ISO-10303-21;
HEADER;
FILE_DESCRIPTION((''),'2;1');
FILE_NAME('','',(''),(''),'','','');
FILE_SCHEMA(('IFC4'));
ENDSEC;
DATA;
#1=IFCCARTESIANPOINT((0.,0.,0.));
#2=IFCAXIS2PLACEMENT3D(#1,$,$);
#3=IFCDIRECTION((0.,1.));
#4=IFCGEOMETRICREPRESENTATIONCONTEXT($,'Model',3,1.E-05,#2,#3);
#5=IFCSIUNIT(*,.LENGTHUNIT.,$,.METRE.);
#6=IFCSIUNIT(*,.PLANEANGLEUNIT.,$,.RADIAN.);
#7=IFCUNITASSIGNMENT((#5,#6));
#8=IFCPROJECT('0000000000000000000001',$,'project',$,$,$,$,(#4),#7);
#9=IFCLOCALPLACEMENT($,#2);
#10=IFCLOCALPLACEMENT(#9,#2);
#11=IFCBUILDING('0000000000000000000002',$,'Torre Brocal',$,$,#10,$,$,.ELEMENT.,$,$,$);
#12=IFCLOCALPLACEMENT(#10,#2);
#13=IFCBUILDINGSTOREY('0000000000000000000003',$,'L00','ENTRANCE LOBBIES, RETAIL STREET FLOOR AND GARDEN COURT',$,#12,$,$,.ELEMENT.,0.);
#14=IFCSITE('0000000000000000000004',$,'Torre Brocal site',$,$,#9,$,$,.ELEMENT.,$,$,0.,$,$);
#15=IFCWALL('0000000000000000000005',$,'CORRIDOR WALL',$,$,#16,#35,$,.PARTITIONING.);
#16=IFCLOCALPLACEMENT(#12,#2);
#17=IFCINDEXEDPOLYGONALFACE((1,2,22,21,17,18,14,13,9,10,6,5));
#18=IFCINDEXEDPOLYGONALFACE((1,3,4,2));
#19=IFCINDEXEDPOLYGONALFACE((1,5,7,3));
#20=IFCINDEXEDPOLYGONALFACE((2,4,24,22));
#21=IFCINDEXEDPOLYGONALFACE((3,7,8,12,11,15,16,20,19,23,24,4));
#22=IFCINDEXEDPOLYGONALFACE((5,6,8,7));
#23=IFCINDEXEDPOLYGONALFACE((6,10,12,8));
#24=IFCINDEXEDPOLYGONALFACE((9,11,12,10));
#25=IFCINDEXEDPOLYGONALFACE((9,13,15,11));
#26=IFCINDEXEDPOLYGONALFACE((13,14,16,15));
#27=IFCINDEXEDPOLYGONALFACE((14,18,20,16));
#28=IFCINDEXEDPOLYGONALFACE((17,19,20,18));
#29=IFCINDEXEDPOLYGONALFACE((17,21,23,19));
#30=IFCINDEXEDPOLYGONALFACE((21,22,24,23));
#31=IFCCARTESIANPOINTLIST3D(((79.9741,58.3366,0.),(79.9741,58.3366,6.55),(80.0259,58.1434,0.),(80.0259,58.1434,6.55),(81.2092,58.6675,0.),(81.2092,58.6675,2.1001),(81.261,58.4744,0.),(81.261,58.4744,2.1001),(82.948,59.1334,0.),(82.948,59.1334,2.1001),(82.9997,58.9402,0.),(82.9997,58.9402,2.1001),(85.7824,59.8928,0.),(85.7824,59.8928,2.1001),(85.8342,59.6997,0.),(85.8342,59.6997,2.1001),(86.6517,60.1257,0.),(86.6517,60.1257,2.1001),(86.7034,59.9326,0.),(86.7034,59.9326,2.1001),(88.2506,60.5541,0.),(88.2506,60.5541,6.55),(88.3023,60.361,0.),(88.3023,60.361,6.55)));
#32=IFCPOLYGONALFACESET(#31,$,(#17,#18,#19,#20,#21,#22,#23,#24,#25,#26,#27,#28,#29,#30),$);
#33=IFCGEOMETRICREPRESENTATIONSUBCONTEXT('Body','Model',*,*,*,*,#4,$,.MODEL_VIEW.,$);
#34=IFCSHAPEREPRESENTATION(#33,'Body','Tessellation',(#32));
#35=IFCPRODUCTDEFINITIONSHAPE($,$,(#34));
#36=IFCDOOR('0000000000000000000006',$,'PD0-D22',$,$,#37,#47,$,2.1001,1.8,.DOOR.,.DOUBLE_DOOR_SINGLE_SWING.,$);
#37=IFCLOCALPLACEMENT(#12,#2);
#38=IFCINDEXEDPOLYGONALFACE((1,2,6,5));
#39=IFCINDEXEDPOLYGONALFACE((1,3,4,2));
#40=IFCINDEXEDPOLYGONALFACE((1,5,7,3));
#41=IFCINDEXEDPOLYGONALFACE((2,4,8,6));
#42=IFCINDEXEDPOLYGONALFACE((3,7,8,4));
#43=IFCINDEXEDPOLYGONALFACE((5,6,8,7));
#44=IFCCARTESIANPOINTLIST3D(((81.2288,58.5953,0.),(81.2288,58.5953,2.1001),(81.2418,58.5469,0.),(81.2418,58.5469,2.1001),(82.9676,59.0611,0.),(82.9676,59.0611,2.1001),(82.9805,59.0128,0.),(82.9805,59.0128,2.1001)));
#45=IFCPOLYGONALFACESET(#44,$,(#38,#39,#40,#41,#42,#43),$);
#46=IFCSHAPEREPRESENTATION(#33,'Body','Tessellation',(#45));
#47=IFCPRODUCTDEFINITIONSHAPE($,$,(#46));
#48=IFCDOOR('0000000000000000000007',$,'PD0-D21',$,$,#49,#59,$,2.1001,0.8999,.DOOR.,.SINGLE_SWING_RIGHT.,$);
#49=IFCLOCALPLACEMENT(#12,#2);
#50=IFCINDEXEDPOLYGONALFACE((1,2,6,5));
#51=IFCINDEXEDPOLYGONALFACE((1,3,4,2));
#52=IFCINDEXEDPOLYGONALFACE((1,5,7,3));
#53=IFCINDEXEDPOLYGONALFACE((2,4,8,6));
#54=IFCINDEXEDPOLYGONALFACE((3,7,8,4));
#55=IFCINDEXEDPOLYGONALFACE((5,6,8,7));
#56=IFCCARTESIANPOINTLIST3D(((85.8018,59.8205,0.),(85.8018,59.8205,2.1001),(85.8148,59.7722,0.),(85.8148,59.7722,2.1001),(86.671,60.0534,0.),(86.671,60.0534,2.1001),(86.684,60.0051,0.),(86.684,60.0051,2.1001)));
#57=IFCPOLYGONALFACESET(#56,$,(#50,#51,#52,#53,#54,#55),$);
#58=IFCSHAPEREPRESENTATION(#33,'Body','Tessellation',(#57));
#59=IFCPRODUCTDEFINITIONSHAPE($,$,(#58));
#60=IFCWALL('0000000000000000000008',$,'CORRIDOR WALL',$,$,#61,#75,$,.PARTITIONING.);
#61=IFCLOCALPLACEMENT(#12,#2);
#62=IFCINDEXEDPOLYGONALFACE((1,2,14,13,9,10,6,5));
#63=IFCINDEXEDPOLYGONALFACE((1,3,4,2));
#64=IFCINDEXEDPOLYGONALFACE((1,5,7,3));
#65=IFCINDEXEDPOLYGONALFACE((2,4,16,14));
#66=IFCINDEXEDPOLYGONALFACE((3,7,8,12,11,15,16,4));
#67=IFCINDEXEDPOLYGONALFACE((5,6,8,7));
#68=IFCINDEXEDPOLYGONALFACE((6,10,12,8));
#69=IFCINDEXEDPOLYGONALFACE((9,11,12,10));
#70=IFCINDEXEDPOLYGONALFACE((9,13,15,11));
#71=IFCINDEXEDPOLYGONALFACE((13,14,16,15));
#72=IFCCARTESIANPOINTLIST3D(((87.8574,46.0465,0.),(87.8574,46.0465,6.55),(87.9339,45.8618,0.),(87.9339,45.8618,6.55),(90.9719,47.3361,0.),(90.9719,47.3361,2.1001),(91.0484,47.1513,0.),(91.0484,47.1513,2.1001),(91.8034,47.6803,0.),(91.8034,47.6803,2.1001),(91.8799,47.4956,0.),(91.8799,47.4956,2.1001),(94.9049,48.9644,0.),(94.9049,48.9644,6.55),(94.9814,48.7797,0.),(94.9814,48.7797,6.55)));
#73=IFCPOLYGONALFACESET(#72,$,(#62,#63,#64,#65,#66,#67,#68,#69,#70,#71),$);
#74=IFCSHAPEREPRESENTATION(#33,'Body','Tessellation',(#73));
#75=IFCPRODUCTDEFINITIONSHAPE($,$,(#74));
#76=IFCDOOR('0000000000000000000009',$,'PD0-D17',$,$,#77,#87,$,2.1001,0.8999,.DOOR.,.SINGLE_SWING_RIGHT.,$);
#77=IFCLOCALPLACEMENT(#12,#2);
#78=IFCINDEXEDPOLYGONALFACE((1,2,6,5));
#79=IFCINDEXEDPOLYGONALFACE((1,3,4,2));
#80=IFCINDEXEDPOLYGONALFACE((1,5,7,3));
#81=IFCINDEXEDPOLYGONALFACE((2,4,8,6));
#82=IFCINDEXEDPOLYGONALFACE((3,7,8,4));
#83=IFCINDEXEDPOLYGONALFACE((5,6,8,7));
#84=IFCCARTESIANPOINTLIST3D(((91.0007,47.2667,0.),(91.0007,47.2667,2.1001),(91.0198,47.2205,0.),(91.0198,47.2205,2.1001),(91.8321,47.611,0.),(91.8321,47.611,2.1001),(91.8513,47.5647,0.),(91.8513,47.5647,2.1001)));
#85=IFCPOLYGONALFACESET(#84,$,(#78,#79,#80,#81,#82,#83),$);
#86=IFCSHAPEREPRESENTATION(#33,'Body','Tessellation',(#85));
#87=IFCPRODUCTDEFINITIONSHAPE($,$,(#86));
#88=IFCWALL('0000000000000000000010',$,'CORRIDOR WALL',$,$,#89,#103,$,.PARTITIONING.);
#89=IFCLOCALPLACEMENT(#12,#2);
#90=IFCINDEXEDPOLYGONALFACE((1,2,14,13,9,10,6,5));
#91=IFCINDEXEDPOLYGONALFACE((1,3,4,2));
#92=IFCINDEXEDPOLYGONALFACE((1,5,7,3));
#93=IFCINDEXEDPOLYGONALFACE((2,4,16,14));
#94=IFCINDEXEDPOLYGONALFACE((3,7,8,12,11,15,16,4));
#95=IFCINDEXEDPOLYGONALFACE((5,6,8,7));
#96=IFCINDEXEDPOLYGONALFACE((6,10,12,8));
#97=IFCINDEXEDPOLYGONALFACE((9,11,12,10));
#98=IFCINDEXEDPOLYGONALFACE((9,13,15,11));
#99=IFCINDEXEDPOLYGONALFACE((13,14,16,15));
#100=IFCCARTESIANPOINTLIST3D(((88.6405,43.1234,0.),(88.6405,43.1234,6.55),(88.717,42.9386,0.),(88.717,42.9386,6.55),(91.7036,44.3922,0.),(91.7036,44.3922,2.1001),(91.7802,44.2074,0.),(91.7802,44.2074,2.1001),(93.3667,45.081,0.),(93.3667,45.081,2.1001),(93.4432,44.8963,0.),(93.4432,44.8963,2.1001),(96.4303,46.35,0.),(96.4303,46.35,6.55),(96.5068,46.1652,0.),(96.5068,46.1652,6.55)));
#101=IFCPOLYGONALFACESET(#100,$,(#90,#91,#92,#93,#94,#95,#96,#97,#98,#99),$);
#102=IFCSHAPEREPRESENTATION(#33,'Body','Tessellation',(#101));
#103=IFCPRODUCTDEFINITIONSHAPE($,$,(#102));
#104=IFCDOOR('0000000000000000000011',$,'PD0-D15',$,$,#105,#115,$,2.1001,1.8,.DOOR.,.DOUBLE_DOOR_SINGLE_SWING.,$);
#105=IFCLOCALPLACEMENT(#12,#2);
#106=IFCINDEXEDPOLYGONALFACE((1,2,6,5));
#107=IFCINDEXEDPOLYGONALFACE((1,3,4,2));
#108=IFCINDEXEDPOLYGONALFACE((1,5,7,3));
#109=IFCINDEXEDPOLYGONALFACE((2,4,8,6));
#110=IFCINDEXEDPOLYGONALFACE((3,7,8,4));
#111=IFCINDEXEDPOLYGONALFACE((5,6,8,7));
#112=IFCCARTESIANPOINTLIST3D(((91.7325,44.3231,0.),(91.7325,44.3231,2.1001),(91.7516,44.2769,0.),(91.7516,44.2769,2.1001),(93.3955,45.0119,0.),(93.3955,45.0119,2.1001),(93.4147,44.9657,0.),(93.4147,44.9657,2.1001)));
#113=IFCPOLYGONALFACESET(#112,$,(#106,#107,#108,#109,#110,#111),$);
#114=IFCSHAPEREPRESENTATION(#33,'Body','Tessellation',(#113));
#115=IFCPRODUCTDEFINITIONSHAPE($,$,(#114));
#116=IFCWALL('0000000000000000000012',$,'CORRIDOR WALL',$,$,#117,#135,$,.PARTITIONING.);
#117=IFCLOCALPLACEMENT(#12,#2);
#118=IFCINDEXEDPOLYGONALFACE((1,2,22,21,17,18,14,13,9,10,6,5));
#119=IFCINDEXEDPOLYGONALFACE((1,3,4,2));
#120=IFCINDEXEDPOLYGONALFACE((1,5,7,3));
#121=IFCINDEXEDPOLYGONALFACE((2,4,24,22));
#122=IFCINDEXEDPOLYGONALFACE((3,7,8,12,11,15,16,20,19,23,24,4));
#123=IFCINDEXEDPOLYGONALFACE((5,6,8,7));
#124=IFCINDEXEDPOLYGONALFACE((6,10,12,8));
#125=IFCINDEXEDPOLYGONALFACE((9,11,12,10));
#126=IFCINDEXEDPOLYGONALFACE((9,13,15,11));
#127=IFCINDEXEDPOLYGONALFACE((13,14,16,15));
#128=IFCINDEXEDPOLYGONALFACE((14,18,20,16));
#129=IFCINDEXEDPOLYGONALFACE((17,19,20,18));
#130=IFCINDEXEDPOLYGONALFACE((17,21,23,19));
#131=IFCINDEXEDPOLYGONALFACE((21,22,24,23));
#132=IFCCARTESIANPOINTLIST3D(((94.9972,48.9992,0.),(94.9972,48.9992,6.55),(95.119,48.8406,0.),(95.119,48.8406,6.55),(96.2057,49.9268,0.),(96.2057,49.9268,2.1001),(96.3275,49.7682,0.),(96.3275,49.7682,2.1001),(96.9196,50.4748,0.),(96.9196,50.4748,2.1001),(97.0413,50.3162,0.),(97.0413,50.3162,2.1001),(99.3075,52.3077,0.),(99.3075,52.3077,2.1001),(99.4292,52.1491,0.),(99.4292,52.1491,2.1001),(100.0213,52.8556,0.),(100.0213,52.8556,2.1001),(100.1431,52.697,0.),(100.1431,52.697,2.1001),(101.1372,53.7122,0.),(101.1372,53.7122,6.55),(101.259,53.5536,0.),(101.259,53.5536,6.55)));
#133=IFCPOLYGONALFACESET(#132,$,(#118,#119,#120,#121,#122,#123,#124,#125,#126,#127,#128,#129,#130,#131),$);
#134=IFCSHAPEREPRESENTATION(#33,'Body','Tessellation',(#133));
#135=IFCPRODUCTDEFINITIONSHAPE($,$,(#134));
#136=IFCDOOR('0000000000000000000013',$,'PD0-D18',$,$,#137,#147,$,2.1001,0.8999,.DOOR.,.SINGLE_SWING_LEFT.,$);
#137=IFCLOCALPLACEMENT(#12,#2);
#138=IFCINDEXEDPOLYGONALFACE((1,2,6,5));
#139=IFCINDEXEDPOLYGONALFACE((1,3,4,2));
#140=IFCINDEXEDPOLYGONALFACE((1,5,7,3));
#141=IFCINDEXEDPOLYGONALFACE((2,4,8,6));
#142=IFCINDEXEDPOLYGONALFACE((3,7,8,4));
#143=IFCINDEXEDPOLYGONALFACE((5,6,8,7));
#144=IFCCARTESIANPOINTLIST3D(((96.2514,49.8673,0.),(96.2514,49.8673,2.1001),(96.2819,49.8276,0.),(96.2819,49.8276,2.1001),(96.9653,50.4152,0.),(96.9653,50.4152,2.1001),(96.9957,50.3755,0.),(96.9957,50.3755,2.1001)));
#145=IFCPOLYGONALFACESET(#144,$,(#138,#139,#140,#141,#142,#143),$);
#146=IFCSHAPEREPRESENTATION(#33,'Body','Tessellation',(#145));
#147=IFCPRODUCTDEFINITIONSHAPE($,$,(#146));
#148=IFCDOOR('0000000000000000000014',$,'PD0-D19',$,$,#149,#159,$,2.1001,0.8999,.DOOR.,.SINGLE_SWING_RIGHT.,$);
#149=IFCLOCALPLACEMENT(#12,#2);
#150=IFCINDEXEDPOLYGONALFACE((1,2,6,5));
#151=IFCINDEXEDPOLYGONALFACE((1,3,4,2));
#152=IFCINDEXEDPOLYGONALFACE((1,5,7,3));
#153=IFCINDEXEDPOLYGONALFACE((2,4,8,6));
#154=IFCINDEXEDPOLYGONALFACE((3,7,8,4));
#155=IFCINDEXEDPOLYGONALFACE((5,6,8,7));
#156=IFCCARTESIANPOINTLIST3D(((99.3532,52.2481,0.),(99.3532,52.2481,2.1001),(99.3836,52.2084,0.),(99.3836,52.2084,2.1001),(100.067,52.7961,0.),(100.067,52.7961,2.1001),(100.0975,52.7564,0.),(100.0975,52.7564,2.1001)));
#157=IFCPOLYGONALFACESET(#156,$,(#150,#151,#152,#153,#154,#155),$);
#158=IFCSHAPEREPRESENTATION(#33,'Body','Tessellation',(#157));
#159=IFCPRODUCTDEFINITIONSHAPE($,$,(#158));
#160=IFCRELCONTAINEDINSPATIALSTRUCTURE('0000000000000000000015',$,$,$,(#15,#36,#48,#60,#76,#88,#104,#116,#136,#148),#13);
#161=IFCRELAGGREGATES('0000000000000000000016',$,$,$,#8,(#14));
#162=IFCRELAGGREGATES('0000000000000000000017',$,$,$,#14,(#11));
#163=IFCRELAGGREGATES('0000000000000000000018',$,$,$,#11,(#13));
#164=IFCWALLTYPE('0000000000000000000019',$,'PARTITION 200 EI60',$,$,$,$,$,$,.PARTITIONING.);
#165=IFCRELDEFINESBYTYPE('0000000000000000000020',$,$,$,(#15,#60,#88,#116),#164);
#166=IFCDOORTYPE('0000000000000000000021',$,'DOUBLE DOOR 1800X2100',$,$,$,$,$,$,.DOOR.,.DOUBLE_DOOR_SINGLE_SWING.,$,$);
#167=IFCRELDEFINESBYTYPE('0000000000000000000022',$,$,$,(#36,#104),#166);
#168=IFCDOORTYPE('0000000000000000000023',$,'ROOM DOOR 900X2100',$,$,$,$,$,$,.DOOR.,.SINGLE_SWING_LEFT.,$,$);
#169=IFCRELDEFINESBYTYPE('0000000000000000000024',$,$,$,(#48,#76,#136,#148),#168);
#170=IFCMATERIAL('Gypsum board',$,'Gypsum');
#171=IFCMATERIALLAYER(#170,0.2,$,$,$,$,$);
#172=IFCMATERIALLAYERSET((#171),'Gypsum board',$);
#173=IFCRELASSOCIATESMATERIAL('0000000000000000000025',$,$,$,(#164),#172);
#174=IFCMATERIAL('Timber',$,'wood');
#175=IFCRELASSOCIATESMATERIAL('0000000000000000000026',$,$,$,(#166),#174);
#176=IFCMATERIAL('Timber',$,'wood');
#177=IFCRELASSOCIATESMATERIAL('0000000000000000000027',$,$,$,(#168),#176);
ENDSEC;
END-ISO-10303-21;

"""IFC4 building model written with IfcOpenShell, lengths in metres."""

from ifc_helpers import new_model, si_unit, direction, frame, frame_2d, origin, place, context, subcontext, project, spatial, rectangle, extrude, material, layer, layer_set, type_object, element, fill, save


model = new_model("IFC4")

# Units and contexts
model_context = context("Model", 3, precision=1e-05, world=origin(), true_north=direction((0.0, 1.0)))
body_context = subcontext(model_context, "Body", "Model", "MODEL_VIEW")
ifc_project = project(units=[si_unit("LENGTHUNIT", "METRE"), si_unit("PLANEANGLEUNIT", "RADIAN")], contexts=[model_context])

# Site, building, storey
site_placement = place(None, origin())
site = spatial("IfcSite", under=ifc_project, at=site_placement, Name="Torre Brocal site", CompositionType="ELEMENT", RefElevation=0.0)
building_placement = place(site_placement, origin())
building = spatial("IfcBuilding", under=site, at=building_placement, Name="Torre Brocal", CompositionType="ELEMENT")
storey_placement = place(building_placement, origin())
storey = spatial("IfcBuildingStorey", under=building, at=storey_placement, Name="L00", Description="ENTRANCE LOBBIES, RETAIL STREET FLOOR AND GARDEN COURT", CompositionType="ELEMENT", Elevation=0.0)

# Wall, openings, doors
ifc_material_1 = material(Name="Gypsum board", Category="Gypsum")
ifc_layer_1 = layer(ifc_material_1, 0.2)
ifc_layer_set_1 = layer_set([ifc_layer_1], Name="Gypsum board")
wall_type_1 = type_object("IfcWallType", Name="PARTITION 200 EI60", PredefinedType="PARTITIONING", material=ifc_layer_set_1)
wall_1_placement = place(storey_placement, frame((80.0, 58.24, 0.0), z_axis=(0.0, 0.0, 1.0), x_axis=(0.965929, 0.258806, 0.0)))
wall_1 = element("IfcWall", 1, at=wall_1_placement, inside=storey, type_object=wall_type_1, Name="CORRIDOR WALL", PredefinedType="PARTITIONING", context=body_context, shape_type="SweptSolid", body=[
    extrude(rectangle(XDim=8.5684, YDim=0.2, at=frame_2d((4.2842, 0.0))), origin(), (0.0, 0.0, 1.0), 6.55),
])
opening_1_placement = place(wall_1_placement, frame((6.0132, 0.0, 0.0)))
opening_1 = element("IfcOpeningElement", 2, at=opening_1_placement, cuts=wall_1, PredefinedType="OPENING", context=body_context, shape_type="SweptSolid", body=[
    extrude(rectangle(XDim=0.8999, YDim=2.1001, at=frame_2d((0.45, 1.05))), frame((0.0, 0.1099, 0.0), z_axis=(0.0, -1.0, 0.0), x_axis=(1.0, 0.0, 0.0)), (0.0, 0.0, 1.0), 0.22),
])
opening_2_placement = place(wall_1_placement, frame((1.2788, 0.0, 0.0)))
opening_2 = element("IfcOpeningElement", 3, at=opening_2_placement, cuts=wall_1, PredefinedType="OPENING", context=body_context, shape_type="SweptSolid", body=[
    extrude(rectangle(XDim=1.8, YDim=2.1001, at=frame_2d((0.8999, 1.05))), frame((0.0, 0.1099, 0.0), z_axis=(0.0, -1.0, 0.0), x_axis=(1.0, 0.0, 0.0)), (0.0, 0.0, 1.0), 0.22),
])
ifc_material_2 = material(Name="Timber", Category="wood")
door_type_1 = type_object("IfcDoorType", Name="DOUBLE DOOR 1800X2100", OperationType="DOUBLE_DOOR_SINGLE_SWING", PredefinedType="DOOR", material=ifc_material_2)
door_1_placement = place(opening_2_placement, frame((1.8, 0.0, 0.0), z_axis=(0.0, 0.0, 1.0), x_axis=(-1.0, 0.0, 0.0)))
door_1 = element("IfcDoor", 4, at=door_1_placement, inside=storey, type_object=door_type_1, Name="PD0-D22", OperationType="DOUBLE_DOOR_SINGLE_SWING", OverallHeight=2.1001, OverallWidth=1.8, PredefinedType="DOOR", context=body_context, shape_type="SweptSolid", body=[
    extrude(rectangle(XDim=1.8, YDim=2.1001, at=frame_2d((0.8999, 1.05))), frame((0.0, 0.0249, 0.0), z_axis=(0.0, -1.0, 0.0), x_axis=(1.0, 0.0, 0.0)), (0.0, 0.0, 1.0), 0.05),
])
fill(opening_2, door_1)
ifc_material_3 = material(Name="Timber", Category="wood")
door_type_2 = type_object("IfcDoorType", Name="ROOM DOOR 900X2100", OperationType="SINGLE_SWING_LEFT", PredefinedType="DOOR", material=ifc_material_3)
door_2_placement = place(opening_1_placement, frame((0.8999, 0.0, 0.0), z_axis=(0.0, 0.0, 1.0), x_axis=(-1.0, 0.0, 0.0)))
door_2 = element("IfcDoor", 5, at=door_2_placement, inside=storey, type_object=door_type_2, Name="PD0-D21", OperationType="SINGLE_SWING_RIGHT", OverallHeight=2.1001, OverallWidth=0.8999, PredefinedType="DOOR", context=body_context, shape_type="SweptSolid", body=[
    extrude(rectangle(XDim=0.8999, YDim=2.1001, at=frame_2d((0.45, 1.05))), frame((0.0, 0.0249, 0.0), z_axis=(0.0, -1.0, 0.0), x_axis=(1.0, 0.0, 0.0)), (0.0, 0.0, 1.0), 0.05),
])
fill(opening_1, door_2)

# Walls, openings, doors
wall_2_placement = place(storey_placement, frame((87.8955, 45.9541, 0.0), z_axis=(0.0, 0.0, 1.0), x_axis=(0.923937, 0.382544, 0.0)))
wall_2 = element("IfcWall", 6, at=wall_2_placement, inside=storey, type_object=wall_type_1, Name="CORRIDOR WALL", PredefinedType="PARTITIONING", context=body_context, shape_type="SweptSolid", body=[
    extrude(rectangle(XDim=7.6277, YDim=0.2, at=frame_2d((3.814, 0.0))), origin(), (0.0, 0.0, 1.0), 6.55),
])
opening_3_placement = place(wall_2_placement, frame((3.3711, 0.0, 0.0)))
opening_3 = element("IfcOpeningElement", 7, at=opening_3_placement, cuts=wall_2, PredefinedType="OPENING", context=body_context, shape_type="SweptSolid", body=[
    extrude(rectangle(XDim=0.8999, YDim=2.1001, at=frame_2d((0.45, 1.05))), frame((0.0, 0.1099, 0.0), z_axis=(0.0, -1.0, 0.0), x_axis=(1.0, 0.0, 0.0)), (0.0, 0.0, 1.0), 0.22),
])
door_3_placement = place(opening_3_placement, origin())
door_3 = element("IfcDoor", 8, at=door_3_placement, inside=storey, type_object=door_type_2, Name="PD0-D17", OperationType="SINGLE_SWING_RIGHT", OverallHeight=2.1001, OverallWidth=0.8999, PredefinedType="DOOR", context=body_context, shape_type="SweptSolid", body=[
    extrude(rectangle(XDim=0.8999, YDim=2.1001, at=frame_2d((0.45, 1.05))), frame((0.0, 0.0249, 0.0), z_axis=(0.0, -1.0, 0.0), x_axis=(1.0, 0.0, 0.0)), (0.0, 0.0, 1.0), 0.05),
])
fill(opening_3, door_3)
wall_3_placement = place(storey_placement, frame((88.6787, 43.031, 0.0), z_axis=(0.0, 0.0, 1.0), x_axis=(0.923883, 0.382676, 0.0)))
wall_3 = element("IfcWall", 9, at=wall_3_placement, inside=storey, type_object=wall_type_1, Name="CORRIDOR WALL", PredefinedType="PARTITIONING", context=body_context, shape_type="SweptSolid", body=[
    extrude(rectangle(XDim=8.4316, YDim=0.2, at=frame_2d((4.2158, 0.0))), origin(), (0.0, 0.0, 1.0), 6.55),
])
opening_4_placement = place(wall_3_placement, frame((3.3157, 0.0, 0.0)))
opening_4 = element("IfcOpeningElement", 10, at=opening_4_placement, cuts=wall_3, PredefinedType="OPENING", context=body_context, shape_type="SweptSolid", body=[
    extrude(rectangle(XDim=1.8, YDim=2.1001, at=frame_2d((0.8999, 1.05))), frame((0.0, 0.1099, 0.0), z_axis=(0.0, -1.0, 0.0), x_axis=(1.0, 0.0, 0.0)), (0.0, 0.0, 1.0), 0.22),
])
door_4_placement = place(opening_4_placement, frame((1.8, 0.0, 0.0), z_axis=(0.0, 0.0, 1.0), x_axis=(-1.0, 0.0, 0.0)))
door_4 = element("IfcDoor", 11, at=door_4_placement, inside=storey, type_object=door_type_1, Name="PD0-D15", OperationType="DOUBLE_DOOR_SINGLE_SWING", OverallHeight=2.1001, OverallWidth=1.8, PredefinedType="DOOR", context=body_context, shape_type="SweptSolid", body=[
    extrude(rectangle(XDim=1.8, YDim=2.1001, at=frame_2d((0.8999, 1.05))), frame((0.0, 0.0249, 0.0), z_axis=(0.0, -1.0, 0.0), x_axis=(1.0, 0.0, 0.0)), (0.0, 0.0, 1.0), 0.05),
])
fill(opening_4, door_4)

# Wall, openings, doors
wall_4_placement = place(storey_placement, frame((95.0581, 48.9199, 0.0), z_axis=(0.0, 0.0, 1.0), x_axis=(0.793254, 0.60889, 0.0)))
wall_4 = element("IfcWall", 12, at=wall_4_placement, inside=storey, type_object=wall_type_1, Name="CORRIDOR WALL", PredefinedType="PARTITIONING", context=body_context, shape_type="SweptSolid", body=[
    extrude(rectangle(XDim=7.7402, YDim=0.2, at=frame_2d((3.8701, 0.0))), origin(), (0.0, 0.0, 1.0), 6.55),
])
opening_5_placement = place(wall_4_placement, frame((1.5234, 0.0, 0.0)))
opening_5 = element("IfcOpeningElement", 13, at=opening_5_placement, cuts=wall_4, PredefinedType="OPENING", context=body_context, shape_type="SweptSolid", body=[
    extrude(rectangle(XDim=0.8999, YDim=2.1001, at=frame_2d((0.45, 1.05))), frame((0.0, 0.1099, 0.0), z_axis=(0.0, -1.0, 0.0), x_axis=(1.0, 0.0, 0.0)), (0.0, 0.0, 1.0), 0.22),
])
opening_6_placement = place(wall_4_placement, frame((5.4336, 0.0, 0.0)))
opening_6 = element("IfcOpeningElement", 14, at=opening_6_placement, cuts=wall_4, PredefinedType="OPENING", context=body_context, shape_type="SweptSolid", body=[
    extrude(rectangle(XDim=0.8999, YDim=2.1001, at=frame_2d((0.45, 1.05))), frame((0.0, 0.1099, 0.0), z_axis=(0.0, -1.0, 0.0), x_axis=(1.0, 0.0, 0.0)), (0.0, 0.0, 1.0), 0.22),
])
door_5_placement = place(opening_5_placement, origin())
door_5 = element("IfcDoor", 15, at=door_5_placement, inside=storey, type_object=door_type_2, Name="PD0-D18", OperationType="SINGLE_SWING_LEFT", OverallHeight=2.1001, OverallWidth=0.8999, PredefinedType="DOOR", context=body_context, shape_type="SweptSolid", body=[
    extrude(rectangle(XDim=0.8999, YDim=2.1001, at=frame_2d((0.45, 1.05))), frame((0.0, 0.0249, 0.0), z_axis=(0.0, -1.0, 0.0), x_axis=(1.0, 0.0, 0.0)), (0.0, 0.0, 1.0), 0.05),
])
fill(opening_5, door_5)
door_6_placement = place(opening_6_placement, origin())
door_6 = element("IfcDoor", 16, at=door_6_placement, inside=storey, type_object=door_type_2, Name="PD0-D19", OperationType="SINGLE_SWING_RIGHT", OverallHeight=2.1001, OverallWidth=0.8999, PredefinedType="DOOR", context=body_context, shape_type="SweptSolid", body=[
    extrude(rectangle(XDim=0.8999, YDim=2.1001, at=frame_2d((0.45, 1.05))), frame((0.0, 0.0249, 0.0), z_axis=(0.0, -1.0, 0.0), x_axis=(1.0, 0.0, 0.0)), (0.0, 0.0, 1.0), 0.05),
])
fill(opening_6, door_6)

save(model, "model.ifc")
